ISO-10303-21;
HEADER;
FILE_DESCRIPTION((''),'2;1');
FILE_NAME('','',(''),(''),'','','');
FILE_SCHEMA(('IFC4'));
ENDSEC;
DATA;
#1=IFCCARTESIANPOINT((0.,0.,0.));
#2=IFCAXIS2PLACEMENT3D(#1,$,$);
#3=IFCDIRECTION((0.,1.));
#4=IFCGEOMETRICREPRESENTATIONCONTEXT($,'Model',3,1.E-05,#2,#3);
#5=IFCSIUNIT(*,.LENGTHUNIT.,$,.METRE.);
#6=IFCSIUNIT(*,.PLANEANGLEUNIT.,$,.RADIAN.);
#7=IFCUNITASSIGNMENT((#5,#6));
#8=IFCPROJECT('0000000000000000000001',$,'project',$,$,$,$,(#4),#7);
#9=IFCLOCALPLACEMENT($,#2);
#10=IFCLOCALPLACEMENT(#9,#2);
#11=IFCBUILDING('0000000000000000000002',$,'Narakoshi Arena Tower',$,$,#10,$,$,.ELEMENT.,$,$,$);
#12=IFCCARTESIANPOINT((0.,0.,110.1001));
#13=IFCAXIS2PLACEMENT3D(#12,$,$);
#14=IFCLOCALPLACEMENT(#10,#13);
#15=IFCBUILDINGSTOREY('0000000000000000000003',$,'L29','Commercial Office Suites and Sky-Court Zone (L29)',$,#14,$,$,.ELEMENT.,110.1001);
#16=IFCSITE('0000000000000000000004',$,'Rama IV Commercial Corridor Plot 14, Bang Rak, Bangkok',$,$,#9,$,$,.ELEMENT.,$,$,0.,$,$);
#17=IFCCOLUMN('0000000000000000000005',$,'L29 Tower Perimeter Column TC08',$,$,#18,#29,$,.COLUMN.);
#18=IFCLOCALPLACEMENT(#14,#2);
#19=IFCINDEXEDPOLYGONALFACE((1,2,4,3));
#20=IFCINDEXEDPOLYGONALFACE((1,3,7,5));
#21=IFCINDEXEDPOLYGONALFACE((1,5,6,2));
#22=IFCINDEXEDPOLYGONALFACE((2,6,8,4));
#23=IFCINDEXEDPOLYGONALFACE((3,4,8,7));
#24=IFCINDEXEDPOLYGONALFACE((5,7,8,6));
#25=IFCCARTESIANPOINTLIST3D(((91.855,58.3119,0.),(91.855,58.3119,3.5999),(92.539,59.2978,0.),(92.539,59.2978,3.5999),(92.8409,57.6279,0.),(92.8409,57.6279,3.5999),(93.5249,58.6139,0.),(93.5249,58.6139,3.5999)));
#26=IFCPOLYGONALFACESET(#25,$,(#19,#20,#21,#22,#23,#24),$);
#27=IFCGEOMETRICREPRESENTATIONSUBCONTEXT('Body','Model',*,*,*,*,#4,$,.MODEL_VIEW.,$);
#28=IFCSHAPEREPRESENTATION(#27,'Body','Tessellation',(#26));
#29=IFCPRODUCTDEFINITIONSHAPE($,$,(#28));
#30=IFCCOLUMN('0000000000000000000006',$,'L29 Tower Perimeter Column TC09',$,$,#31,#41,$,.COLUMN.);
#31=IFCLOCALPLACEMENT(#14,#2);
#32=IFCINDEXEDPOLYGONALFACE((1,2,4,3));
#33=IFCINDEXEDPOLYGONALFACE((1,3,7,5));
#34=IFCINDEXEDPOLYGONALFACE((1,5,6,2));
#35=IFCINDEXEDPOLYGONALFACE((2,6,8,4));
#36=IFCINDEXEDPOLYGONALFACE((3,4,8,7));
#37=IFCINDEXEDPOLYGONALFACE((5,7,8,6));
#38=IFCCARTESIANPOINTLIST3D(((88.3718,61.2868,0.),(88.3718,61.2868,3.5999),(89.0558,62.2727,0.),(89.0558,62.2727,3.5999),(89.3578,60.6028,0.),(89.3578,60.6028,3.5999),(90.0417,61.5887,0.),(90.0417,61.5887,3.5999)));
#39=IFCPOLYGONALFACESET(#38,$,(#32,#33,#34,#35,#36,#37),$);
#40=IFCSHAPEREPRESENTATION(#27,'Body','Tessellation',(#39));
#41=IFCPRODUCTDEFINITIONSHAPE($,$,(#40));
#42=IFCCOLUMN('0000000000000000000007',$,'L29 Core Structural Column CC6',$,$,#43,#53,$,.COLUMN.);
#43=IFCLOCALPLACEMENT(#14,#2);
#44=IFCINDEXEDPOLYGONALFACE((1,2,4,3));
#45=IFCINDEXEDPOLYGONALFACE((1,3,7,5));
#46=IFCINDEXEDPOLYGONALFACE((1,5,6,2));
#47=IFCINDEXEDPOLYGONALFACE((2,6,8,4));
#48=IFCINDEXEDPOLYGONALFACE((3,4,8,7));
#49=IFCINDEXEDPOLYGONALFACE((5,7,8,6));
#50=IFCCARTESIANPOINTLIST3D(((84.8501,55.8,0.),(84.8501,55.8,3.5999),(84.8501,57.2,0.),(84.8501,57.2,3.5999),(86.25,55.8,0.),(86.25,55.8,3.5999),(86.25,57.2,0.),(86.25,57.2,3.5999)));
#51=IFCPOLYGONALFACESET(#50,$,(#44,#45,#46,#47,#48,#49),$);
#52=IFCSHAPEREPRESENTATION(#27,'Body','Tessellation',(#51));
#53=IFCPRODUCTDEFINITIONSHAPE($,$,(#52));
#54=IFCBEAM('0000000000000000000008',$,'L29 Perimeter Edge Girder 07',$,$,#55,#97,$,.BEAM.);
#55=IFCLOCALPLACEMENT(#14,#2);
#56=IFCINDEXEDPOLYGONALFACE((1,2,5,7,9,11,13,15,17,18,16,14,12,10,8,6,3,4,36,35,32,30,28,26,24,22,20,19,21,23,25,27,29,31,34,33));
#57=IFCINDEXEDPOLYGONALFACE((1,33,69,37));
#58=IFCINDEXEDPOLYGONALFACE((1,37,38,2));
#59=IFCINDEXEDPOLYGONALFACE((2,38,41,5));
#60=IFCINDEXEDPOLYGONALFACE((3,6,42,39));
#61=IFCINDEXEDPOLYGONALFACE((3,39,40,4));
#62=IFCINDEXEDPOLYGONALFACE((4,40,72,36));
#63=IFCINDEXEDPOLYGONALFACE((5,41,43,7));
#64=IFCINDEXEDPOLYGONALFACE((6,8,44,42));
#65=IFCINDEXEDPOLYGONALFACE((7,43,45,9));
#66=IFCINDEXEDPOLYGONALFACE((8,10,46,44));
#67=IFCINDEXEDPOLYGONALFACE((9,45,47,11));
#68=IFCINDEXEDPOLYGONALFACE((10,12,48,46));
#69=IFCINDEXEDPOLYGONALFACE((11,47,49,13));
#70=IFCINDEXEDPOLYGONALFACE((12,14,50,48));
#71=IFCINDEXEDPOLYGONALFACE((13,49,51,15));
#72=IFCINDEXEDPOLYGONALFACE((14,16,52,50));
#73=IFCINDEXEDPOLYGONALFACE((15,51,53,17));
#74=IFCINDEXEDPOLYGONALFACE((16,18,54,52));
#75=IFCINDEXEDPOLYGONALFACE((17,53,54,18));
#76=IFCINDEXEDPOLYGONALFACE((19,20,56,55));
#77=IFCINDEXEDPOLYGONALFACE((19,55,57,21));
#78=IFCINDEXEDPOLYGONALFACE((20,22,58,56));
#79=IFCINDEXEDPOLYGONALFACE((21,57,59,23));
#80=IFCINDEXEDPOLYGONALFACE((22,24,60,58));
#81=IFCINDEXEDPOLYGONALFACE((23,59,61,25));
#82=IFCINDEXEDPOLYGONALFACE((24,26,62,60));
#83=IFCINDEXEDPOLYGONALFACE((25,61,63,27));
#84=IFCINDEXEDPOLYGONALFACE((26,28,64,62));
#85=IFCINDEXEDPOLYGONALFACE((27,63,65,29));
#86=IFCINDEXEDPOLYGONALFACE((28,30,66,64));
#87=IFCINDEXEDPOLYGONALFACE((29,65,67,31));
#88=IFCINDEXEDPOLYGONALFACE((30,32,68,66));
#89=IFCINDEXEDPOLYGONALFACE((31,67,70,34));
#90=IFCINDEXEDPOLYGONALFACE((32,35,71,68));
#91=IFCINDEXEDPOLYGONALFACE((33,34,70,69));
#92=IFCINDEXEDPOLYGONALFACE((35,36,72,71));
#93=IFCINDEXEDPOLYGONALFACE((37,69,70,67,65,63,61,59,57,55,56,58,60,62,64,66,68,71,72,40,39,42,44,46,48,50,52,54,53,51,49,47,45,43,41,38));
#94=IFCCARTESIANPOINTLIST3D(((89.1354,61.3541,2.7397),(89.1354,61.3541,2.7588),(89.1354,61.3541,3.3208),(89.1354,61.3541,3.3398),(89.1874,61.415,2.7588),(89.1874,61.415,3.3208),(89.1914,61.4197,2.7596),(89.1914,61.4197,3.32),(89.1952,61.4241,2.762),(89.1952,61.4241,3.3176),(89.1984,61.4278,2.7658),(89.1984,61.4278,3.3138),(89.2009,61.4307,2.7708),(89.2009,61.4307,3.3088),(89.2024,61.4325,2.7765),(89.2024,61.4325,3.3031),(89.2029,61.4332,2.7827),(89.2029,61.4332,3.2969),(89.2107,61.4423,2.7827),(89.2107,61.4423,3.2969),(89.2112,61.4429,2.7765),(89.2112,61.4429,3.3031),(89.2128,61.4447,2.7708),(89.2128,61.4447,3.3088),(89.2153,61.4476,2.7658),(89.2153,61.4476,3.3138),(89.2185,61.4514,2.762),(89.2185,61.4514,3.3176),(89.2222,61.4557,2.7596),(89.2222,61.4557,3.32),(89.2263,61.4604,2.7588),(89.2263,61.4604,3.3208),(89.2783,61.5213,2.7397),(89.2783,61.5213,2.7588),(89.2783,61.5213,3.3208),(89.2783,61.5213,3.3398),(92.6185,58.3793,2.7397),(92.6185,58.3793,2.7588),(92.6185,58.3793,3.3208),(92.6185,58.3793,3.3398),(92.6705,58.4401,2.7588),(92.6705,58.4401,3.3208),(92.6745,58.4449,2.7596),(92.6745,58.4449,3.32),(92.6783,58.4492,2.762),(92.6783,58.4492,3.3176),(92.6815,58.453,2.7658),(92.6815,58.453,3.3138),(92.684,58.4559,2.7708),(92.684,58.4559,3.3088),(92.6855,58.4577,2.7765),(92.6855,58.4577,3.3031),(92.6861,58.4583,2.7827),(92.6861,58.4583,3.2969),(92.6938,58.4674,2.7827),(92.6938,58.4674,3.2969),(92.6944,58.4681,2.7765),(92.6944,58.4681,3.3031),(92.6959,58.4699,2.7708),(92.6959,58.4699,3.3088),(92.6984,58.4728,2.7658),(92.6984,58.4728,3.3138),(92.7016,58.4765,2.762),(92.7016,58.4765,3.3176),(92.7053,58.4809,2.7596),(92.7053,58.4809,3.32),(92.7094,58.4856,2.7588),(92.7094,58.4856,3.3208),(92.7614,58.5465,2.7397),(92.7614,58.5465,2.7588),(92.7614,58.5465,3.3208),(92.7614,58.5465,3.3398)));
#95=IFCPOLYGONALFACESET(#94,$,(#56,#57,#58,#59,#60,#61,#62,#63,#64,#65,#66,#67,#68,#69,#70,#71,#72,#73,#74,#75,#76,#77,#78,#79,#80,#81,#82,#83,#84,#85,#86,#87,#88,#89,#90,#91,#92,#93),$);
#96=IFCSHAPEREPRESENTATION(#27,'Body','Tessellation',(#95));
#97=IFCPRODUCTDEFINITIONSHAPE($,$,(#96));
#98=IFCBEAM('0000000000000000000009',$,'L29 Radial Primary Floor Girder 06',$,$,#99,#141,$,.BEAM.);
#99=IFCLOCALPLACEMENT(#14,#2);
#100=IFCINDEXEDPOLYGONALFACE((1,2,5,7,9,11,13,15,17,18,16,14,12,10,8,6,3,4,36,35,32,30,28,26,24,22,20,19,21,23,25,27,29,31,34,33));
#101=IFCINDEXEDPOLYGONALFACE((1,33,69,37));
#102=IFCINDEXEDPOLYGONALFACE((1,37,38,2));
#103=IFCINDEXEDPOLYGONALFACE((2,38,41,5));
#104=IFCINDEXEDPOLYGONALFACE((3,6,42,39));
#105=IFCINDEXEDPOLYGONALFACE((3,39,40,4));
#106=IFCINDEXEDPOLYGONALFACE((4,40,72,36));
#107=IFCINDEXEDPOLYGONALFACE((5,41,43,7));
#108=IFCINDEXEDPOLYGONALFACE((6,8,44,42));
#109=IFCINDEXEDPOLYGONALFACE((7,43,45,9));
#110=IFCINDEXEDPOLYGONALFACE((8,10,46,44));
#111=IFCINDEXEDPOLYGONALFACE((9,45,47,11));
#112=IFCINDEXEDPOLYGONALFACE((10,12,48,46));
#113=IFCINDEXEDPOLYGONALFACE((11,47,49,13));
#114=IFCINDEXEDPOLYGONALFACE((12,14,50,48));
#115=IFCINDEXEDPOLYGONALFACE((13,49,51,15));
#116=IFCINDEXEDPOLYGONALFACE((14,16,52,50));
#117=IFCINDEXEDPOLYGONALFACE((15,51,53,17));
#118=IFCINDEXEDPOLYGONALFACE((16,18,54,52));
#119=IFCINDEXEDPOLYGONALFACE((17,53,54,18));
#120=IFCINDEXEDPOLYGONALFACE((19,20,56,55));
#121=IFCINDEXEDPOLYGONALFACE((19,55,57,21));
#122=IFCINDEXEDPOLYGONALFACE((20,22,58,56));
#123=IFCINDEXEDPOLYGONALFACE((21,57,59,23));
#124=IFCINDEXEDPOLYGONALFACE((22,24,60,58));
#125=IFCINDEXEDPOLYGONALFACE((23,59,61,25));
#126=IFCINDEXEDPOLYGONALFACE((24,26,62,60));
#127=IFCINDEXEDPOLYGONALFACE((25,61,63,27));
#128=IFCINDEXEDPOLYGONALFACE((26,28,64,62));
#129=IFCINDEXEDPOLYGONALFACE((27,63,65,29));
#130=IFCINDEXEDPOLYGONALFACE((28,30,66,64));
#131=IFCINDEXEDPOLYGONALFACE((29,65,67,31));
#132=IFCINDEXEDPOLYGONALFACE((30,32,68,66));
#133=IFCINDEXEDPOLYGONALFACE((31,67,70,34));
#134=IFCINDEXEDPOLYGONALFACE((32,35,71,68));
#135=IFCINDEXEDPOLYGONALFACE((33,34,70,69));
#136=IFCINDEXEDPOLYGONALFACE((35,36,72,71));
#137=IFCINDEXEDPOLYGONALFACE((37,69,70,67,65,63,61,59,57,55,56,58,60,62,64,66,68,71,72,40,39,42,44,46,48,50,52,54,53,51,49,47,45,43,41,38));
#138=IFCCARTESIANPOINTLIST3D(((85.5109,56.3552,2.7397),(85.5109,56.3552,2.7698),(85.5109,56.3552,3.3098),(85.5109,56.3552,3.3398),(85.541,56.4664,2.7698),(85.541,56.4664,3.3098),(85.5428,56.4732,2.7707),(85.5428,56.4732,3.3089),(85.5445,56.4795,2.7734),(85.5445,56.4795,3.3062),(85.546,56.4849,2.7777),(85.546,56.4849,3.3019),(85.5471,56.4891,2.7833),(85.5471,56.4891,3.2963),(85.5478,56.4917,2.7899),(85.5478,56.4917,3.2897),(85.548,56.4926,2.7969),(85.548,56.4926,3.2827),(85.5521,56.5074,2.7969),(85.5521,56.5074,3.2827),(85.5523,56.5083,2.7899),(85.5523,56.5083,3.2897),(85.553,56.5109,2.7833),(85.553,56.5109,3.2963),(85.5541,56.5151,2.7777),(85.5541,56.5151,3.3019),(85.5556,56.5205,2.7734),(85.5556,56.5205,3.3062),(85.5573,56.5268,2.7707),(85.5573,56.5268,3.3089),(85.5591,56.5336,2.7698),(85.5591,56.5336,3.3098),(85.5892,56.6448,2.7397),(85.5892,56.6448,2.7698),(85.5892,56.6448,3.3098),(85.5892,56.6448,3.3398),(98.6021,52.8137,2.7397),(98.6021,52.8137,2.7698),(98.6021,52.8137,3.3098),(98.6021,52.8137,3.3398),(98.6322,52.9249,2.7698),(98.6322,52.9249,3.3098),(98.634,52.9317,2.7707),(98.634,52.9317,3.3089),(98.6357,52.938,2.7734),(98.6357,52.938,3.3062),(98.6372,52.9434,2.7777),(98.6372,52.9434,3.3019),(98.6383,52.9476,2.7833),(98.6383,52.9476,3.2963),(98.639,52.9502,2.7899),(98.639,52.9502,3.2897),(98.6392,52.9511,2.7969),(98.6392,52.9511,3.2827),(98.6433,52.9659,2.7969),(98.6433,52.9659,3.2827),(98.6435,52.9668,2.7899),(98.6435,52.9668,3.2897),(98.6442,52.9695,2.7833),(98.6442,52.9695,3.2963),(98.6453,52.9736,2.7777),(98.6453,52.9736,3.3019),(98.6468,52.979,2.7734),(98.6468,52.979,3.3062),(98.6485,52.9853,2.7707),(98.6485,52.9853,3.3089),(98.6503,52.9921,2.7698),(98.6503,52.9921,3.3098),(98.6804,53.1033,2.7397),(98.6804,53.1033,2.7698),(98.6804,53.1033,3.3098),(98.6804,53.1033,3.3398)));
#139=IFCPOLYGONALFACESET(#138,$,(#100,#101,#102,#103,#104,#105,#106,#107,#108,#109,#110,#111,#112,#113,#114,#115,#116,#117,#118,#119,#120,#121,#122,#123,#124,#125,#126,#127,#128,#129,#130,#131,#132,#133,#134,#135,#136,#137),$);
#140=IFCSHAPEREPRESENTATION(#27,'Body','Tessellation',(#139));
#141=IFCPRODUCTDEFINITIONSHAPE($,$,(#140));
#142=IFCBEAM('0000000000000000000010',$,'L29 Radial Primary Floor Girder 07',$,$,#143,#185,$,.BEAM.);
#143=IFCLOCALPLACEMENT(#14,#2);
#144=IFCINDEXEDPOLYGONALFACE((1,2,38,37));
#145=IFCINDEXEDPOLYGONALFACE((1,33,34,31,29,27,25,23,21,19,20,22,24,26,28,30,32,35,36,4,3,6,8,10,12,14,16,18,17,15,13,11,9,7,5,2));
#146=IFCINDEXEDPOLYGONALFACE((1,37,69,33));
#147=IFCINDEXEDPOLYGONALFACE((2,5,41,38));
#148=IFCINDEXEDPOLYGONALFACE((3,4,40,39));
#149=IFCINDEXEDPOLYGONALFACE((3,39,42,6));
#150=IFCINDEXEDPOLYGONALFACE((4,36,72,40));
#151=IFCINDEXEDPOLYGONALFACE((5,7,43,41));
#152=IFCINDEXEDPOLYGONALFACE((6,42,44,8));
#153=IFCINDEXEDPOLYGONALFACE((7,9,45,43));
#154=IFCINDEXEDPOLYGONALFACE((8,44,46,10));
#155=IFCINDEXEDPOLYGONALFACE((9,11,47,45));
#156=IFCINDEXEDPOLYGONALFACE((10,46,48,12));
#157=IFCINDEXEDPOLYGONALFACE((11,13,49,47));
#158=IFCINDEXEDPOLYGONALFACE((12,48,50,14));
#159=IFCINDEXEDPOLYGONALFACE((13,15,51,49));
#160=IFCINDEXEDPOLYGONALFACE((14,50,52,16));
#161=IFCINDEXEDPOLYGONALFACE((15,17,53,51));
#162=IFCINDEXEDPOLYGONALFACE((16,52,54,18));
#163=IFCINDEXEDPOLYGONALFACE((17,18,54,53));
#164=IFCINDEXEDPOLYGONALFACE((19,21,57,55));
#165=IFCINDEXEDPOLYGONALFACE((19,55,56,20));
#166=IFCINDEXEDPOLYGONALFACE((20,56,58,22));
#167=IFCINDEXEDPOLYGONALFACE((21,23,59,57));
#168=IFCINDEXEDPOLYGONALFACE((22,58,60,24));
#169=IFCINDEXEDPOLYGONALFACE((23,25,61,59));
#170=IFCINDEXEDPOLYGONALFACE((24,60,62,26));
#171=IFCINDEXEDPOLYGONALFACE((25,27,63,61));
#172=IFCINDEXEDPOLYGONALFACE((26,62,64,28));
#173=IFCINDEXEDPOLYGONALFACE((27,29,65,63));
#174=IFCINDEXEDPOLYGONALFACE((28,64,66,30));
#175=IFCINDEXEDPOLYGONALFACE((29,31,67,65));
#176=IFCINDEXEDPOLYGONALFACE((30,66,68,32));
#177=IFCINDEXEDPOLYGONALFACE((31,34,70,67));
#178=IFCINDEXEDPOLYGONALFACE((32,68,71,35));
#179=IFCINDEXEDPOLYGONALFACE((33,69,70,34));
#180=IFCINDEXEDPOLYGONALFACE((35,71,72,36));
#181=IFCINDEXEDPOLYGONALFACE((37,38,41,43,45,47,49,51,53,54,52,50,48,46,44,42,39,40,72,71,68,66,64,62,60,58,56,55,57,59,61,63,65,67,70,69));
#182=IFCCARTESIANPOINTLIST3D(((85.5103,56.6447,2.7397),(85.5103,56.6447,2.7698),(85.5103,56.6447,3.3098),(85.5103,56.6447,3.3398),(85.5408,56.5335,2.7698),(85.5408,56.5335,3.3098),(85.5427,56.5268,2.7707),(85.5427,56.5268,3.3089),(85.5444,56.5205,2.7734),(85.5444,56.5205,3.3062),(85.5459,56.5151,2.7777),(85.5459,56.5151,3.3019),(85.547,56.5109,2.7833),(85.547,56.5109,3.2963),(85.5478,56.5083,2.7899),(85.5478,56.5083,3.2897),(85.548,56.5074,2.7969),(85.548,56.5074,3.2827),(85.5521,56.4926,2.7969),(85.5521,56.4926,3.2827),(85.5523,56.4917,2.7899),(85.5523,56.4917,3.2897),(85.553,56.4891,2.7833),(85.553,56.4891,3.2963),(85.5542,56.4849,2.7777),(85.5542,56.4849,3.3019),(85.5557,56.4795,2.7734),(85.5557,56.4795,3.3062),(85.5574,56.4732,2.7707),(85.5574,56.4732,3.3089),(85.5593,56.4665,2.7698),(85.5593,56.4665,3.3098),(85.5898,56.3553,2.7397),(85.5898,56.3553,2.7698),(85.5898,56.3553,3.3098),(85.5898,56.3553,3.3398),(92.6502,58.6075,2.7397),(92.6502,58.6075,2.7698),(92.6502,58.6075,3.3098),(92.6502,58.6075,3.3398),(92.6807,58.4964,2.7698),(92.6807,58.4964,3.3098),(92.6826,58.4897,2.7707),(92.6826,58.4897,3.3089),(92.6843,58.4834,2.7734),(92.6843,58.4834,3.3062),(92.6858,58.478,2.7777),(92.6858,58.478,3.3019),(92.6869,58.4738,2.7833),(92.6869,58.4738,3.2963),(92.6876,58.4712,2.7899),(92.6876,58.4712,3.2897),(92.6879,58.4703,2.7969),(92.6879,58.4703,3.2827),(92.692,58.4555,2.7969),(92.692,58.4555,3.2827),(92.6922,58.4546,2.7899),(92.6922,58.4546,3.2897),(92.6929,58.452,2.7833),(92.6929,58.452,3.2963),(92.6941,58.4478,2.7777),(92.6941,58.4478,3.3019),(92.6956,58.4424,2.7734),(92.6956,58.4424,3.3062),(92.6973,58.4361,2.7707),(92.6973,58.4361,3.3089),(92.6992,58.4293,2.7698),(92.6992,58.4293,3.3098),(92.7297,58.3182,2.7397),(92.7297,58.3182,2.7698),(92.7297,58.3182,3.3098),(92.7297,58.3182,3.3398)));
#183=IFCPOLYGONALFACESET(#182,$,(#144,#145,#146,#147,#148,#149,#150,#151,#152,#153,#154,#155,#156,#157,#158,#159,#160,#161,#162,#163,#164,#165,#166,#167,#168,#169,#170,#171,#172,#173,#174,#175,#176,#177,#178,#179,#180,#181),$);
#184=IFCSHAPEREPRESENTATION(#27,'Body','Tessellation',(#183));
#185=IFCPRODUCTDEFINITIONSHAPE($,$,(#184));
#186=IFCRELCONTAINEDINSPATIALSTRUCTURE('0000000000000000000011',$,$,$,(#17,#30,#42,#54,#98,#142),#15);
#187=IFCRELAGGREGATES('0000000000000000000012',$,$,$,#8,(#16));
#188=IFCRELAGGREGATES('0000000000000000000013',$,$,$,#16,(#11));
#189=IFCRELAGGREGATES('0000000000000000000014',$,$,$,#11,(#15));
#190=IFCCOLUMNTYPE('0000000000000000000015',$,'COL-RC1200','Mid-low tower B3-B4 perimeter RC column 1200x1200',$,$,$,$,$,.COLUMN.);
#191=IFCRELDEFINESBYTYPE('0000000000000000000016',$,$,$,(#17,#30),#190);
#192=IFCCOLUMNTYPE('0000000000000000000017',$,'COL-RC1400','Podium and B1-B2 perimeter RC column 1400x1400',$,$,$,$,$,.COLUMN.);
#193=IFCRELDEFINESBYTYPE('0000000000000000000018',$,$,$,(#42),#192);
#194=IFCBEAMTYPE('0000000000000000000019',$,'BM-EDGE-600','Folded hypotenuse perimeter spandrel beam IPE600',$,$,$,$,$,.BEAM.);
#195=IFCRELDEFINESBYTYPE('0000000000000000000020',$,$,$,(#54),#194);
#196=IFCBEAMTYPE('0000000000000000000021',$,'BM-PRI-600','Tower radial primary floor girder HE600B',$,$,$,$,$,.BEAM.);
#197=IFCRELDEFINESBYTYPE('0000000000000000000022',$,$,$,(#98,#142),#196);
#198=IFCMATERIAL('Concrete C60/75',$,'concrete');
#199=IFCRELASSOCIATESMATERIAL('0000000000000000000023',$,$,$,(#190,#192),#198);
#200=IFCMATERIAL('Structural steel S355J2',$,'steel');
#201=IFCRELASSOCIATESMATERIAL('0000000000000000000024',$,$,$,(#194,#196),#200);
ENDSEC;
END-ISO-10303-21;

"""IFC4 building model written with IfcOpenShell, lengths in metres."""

from ifc_helpers import new_model, si_unit, direction, frame, origin, origin_2d, place, context, subcontext, project, spatial, rectangle, i_section, extrude, material, material_profile, profile_set, type_object, element, save


model = new_model("IFC4")

# Units and contexts
model_context = context("Model", 3, precision=1e-05, world=origin(), true_north=direction((0.0, 1.0)))
body_context = subcontext(model_context, "Body", "Model", "MODEL_VIEW")
ifc_project = project(units=[si_unit("LENGTHUNIT", "METRE"), si_unit("PLANEANGLEUNIT", "RADIAN")], contexts=[model_context])

# Site, building, storey
site_placement = place(None, origin())
site = spatial("IfcSite", under=ifc_project, at=site_placement, Name="Rama IV Commercial Corridor Plot 14, Bang Rak, Bangkok", CompositionType="ELEMENT", RefElevation=0.0)
building_placement = place(site_placement, origin())
building = spatial("IfcBuilding", under=site, at=building_placement, Name="Narakoshi Arena Tower", CompositionType="ELEMENT")
storey_placement = place(building_placement, frame((0.0, 0.0, 110.1001)))
storey = spatial("IfcBuildingStorey", under=building, at=storey_placement, Name="L29", Description="Commercial Office Suites and Sky-Court Zone (L29)", CompositionType="ELEMENT", Elevation=110.1001)

# Columns
ifc_material_1 = material(Name="Concrete C60/75", Category="concrete")
ifc_material_profile_1 = material_profile(ifc_material_1, rectangle(XDim=1.2, YDim=1.2, at=origin_2d()), Name="RC1200x1200")
ifc_profile_set_1 = profile_set([ifc_material_profile_1], Name="Concrete C60/75")
column_type_1 = type_object("IfcColumnType", Name="COL-RC1200", Description="Mid-low tower B3-B4 perimeter RC column 1200x1200", PredefinedType="COLUMN", material=ifc_profile_set_1)
for number, where, z_axis, x_axis, name in (
    (1, (92.6899, 58.4629, 0.0), (0.0, 0.0, 1.0), (0.569997, 0.821647, 0.0), "L29 Tower Perimeter Column TC08"),
    (2, (89.2068, 61.4377, 0.0), (0.0, 0.0, 1.0), (0.569997, 0.821647, 0.0), "L29 Tower Perimeter Column TC09"),
):
    element("IfcColumn", number, at=place(storey_placement, frame(where, z_axis=z_axis, x_axis=x_axis)), inside=storey, type_object=column_type_1, Name=name, PredefinedType="COLUMN", context=body_context, shape_type="SweptSolid", body=[
        extrude(rectangle(XDim=1.2, YDim=1.2, at=origin_2d()), origin(), (0.0, 0.0, 1.0), 3.5999),
    ])
ifc_material_profile_2 = material_profile(ifc_material_1, rectangle(XDim=1.3999, YDim=1.3999, at=origin_2d()), Name="RC1400x1400")
ifc_profile_set_2 = profile_set([ifc_material_profile_2], Name="Concrete C60/75")
column_type_2 = type_object("IfcColumnType", Name="COL-RC1400", Description="Podium and B1-B2 perimeter RC column 1400x1400", PredefinedType="COLUMN", material=ifc_profile_set_2)
column_placement = place(storey_placement, frame((85.55, 56.5, 0.0), z_axis=(0.0, 0.0, 1.0), x_axis=(1.0, 0.0, 0.0)))
element("IfcColumn", 3, at=column_placement, inside=storey, type_object=column_type_2, Name="L29 Core Structural Column CC6", PredefinedType="COLUMN", context=body_context, shape_type="SweptSolid", body=[
    extrude(rectangle(XDim=1.3999, YDim=1.3999, at=origin_2d()), origin(), (0.0, 0.0, 1.0), 3.5999),
])

# Beams
ifc_material_2 = material(Name="Structural steel S355J2", Category="steel")
ifc_material_profile_3 = material_profile(ifc_material_2, i_section(OverallWidth=0.22, OverallDepth=0.6001, WebThickness=0.012, FlangeThickness=0.019, FilletRadius=0.0239, at=origin_2d()), Name="IPE600")
ifc_profile_set_3 = profile_set([ifc_material_profile_3], Name="Structural steel S355J2")
beam_type_1 = type_object("IfcBeamType", Name="BM-EDGE-600", Description="Folded hypotenuse perimeter spandrel beam IPE600", PredefinedType="BEAM", material=ifc_profile_set_3)
beam_1_placement = place(storey_placement, frame((92.6899, 58.4629, 3.0398), z_axis=(-0.76041, 0.649443, 0.0), x_axis=(-0.649443, -0.76041, 0.0)))
element("IfcBeam", 4, at=beam_1_placement, inside=storey, type_object=beam_type_1, Name="L29 Perimeter Edge Girder 07", PredefinedType="BEAM", context=body_context, shape_type="SweptSolid", body=[
    extrude(i_section(OverallWidth=0.22, OverallDepth=0.6001, WebThickness=0.012, FlangeThickness=0.019, FilletRadius=0.0239, at=origin_2d()), origin(), (0.0, 0.0, 1.0), 4.5806),
])
ifc_material_profile_4 = material_profile(ifc_material_2, i_section(OverallWidth=0.3, OverallDepth=0.6001, WebThickness=0.0154, FlangeThickness=0.03, FilletRadius=0.0271, at=origin_2d()), Name="HE600B")
ifc_profile_set_4 = profile_set([ifc_material_profile_4], Name="Structural steel S355J2")
beam_type_2 = type_object("IfcBeamType", Name="BM-PRI-600", Description="Tower radial primary floor girder HE600B", PredefinedType="BEAM", material=ifc_profile_set_4)
beam_2_placement = place(storey_placement, frame((85.55, 56.5, 3.0398), z_axis=(0.965302, -0.261137, 0.0), x_axis=(0.261137, 0.965302, 0.0)))
element("IfcBeam", 5, at=beam_2_placement, inside=storey, type_object=beam_type_2, Name="L29 Radial Primary Floor Girder 06", PredefinedType="BEAM", context=body_context, shape_type="SweptSolid", body=[
    extrude(i_section(OverallWidth=0.3, OverallDepth=0.6001, WebThickness=0.0154, FlangeThickness=0.03, FilletRadius=0.0271, at=origin_2d()), origin(), (0.0, 0.0, 1.0), 13.5618),
])
beam_3_placement = place(storey_placement, frame((85.55, 56.5, 3.0398), z_axis=(0.964225, 0.265084, 0.0), x_axis=(-0.265084, 0.964225, 0.0)))
element("IfcBeam", 6, at=beam_3_placement, inside=storey, type_object=beam_type_2, Name="L29 Radial Primary Floor Girder 07", PredefinedType="BEAM", context=body_context, shape_type="SweptSolid", body=[
    extrude(i_section(OverallWidth=0.3, OverallDepth=0.6001, WebThickness=0.0154, FlangeThickness=0.03, FilletRadius=0.0271, at=origin_2d()), origin(), (0.0, 0.0, 1.0), 7.4048),
])

save(model, "model.ifc")
